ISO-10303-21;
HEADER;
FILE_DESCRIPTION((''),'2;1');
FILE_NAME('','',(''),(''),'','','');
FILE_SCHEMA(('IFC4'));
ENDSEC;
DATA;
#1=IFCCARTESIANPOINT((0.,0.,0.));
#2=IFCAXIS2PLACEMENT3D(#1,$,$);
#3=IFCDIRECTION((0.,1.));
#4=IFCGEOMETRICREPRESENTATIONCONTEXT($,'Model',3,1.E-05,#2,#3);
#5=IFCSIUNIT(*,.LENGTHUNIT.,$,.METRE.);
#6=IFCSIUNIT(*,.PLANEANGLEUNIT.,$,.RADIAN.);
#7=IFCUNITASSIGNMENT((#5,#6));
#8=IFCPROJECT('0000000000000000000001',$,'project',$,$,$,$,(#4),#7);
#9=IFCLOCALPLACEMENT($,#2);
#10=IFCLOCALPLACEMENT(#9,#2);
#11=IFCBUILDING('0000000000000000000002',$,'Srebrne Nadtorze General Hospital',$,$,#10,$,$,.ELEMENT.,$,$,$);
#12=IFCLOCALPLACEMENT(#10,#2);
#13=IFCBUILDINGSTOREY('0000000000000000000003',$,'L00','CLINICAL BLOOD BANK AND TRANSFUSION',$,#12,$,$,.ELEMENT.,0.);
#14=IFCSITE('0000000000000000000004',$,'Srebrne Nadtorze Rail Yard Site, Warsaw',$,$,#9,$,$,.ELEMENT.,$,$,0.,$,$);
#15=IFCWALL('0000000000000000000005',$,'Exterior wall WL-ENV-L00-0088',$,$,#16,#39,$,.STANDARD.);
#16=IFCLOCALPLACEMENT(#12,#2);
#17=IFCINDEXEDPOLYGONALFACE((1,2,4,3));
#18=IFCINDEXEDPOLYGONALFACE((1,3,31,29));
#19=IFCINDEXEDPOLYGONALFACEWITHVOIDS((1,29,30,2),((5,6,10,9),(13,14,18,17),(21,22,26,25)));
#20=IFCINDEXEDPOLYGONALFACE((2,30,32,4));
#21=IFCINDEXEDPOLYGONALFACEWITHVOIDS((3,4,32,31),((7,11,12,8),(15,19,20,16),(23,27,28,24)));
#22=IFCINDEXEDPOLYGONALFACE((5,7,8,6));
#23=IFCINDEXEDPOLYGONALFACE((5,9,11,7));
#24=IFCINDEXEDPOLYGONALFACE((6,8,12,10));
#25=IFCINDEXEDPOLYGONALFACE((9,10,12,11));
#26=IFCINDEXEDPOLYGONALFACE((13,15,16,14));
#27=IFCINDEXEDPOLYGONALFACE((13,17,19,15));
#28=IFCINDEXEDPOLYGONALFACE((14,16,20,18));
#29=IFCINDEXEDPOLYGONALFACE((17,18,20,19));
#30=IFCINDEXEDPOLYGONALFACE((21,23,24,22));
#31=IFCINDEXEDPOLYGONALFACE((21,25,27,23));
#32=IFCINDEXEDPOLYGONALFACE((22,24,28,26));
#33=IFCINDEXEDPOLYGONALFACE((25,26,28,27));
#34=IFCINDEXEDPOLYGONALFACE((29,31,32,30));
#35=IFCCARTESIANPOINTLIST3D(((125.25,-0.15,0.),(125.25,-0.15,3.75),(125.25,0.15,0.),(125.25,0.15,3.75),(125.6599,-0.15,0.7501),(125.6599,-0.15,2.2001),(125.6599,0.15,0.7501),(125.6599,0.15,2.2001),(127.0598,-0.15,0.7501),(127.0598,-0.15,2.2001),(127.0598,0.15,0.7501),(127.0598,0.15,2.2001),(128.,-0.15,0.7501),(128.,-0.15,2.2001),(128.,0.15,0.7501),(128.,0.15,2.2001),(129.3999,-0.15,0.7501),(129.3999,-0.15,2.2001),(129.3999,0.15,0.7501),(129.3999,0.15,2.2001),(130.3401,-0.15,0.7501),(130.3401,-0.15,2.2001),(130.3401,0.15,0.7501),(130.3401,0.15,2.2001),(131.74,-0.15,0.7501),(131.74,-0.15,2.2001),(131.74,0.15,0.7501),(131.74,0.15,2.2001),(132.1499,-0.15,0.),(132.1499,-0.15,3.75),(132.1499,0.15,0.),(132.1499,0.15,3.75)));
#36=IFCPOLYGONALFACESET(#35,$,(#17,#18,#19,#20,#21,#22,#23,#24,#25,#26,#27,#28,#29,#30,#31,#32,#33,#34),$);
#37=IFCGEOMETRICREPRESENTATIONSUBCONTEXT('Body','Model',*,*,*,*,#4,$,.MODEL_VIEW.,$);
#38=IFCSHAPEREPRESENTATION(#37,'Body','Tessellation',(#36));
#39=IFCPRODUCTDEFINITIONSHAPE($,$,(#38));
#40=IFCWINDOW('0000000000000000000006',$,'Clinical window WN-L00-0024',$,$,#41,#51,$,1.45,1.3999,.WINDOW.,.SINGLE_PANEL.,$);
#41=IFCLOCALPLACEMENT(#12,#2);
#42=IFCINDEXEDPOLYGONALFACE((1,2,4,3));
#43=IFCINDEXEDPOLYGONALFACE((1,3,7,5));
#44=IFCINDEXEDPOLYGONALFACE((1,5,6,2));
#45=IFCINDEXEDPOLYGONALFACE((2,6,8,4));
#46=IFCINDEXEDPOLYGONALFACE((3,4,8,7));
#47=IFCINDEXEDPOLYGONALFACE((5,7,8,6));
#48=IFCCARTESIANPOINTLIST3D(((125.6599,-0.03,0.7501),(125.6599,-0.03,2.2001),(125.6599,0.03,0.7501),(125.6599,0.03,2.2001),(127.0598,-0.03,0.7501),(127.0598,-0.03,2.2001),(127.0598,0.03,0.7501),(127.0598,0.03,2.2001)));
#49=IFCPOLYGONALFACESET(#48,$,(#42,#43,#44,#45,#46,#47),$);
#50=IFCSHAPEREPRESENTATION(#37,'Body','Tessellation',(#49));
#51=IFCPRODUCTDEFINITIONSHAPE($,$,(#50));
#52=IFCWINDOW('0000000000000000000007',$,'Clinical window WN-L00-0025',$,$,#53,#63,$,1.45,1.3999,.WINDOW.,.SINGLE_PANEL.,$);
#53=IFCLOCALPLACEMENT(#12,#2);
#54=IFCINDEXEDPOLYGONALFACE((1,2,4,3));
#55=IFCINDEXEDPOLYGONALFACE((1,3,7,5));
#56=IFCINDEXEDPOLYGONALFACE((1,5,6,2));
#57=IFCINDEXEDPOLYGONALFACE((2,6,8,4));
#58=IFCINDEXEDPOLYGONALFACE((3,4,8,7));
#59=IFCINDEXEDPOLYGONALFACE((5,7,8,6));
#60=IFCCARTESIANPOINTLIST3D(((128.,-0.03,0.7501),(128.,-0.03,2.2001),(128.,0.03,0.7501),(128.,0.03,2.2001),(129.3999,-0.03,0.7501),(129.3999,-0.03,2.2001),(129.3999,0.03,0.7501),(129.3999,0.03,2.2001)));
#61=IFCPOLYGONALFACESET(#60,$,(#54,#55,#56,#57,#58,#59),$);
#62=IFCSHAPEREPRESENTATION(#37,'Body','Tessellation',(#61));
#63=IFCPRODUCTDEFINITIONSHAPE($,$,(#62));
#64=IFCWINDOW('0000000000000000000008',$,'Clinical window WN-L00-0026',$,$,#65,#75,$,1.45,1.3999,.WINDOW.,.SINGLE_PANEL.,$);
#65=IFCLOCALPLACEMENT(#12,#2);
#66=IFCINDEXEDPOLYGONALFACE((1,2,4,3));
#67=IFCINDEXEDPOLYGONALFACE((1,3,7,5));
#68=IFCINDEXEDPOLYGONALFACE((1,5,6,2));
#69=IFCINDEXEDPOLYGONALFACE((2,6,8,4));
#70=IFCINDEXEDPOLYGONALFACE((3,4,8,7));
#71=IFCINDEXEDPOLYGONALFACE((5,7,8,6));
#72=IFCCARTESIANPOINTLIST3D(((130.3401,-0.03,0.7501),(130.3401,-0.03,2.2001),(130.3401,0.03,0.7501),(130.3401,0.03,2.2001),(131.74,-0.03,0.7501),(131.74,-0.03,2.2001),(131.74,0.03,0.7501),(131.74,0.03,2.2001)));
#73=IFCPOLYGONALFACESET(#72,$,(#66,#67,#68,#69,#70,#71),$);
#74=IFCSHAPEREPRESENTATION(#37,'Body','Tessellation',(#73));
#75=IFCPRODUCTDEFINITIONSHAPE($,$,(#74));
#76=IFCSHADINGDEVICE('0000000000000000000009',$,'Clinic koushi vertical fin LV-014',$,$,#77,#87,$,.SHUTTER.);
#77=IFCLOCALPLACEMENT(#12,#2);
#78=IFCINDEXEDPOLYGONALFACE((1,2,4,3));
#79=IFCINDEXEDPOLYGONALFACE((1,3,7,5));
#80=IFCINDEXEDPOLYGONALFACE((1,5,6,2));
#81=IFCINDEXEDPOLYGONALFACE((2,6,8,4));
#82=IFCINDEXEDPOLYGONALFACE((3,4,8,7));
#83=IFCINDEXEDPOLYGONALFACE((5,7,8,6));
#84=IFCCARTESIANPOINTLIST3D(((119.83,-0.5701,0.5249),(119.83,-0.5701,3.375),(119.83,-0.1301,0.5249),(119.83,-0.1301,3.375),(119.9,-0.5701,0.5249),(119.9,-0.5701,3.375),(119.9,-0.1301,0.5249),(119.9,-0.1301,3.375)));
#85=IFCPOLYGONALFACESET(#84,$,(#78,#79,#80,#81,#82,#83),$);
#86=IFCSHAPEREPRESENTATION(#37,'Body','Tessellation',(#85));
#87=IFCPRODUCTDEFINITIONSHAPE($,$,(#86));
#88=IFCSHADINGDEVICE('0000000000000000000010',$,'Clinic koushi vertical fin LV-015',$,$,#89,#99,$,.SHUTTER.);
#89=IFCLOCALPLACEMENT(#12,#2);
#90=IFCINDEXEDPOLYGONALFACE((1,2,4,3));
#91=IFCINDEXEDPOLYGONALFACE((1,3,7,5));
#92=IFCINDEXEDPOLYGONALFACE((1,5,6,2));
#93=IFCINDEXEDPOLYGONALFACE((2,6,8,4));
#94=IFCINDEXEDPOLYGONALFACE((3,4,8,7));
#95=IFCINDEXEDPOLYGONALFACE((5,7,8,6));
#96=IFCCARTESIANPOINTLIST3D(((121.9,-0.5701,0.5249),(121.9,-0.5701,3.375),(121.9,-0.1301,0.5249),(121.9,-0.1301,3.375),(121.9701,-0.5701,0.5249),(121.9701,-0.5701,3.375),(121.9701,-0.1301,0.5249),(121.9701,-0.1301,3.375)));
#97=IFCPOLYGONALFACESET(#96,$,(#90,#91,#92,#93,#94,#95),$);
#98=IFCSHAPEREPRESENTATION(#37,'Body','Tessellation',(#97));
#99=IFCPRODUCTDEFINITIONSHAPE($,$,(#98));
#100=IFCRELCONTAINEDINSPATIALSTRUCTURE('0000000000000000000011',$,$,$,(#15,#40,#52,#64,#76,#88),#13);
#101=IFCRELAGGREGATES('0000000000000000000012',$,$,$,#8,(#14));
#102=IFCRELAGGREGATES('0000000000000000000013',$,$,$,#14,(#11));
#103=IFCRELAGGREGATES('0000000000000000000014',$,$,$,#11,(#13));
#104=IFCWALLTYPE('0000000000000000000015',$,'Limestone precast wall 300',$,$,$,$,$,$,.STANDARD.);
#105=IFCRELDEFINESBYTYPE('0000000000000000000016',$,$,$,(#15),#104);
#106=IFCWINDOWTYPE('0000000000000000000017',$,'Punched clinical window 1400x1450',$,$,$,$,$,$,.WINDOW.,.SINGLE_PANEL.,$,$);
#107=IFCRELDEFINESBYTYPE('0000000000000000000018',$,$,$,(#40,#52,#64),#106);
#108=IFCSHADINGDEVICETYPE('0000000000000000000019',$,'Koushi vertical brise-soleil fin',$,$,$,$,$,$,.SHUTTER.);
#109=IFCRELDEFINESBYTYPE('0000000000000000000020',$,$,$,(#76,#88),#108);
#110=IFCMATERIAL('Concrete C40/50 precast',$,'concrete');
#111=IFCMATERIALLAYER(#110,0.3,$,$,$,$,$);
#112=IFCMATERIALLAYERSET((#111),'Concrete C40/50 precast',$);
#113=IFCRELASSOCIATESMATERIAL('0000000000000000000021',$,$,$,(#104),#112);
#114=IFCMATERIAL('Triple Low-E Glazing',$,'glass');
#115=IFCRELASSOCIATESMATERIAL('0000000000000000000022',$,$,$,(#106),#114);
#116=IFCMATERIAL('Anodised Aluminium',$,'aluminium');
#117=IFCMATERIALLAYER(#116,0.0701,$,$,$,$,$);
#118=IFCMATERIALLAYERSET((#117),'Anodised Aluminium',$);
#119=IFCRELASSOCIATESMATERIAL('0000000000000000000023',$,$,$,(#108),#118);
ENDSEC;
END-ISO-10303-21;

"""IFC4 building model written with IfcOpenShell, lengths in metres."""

from ifc_helpers import new_model, si_unit, direction, frame, frame_2d, origin, origin_2d, place, context, subcontext, project, spatial, rectangle, extrude, material, layer, layer_set, type_object, element, fill, save


model = new_model("IFC4")

# Units and contexts
model_context = context("Model", 3, precision=1e-05, world=origin(), true_north=direction((0.0, 1.0)))
body_context = subcontext(model_context, "Body", "Model", "MODEL_VIEW")
ifc_project = project(units=[si_unit("LENGTHUNIT", "METRE"), si_unit("PLANEANGLEUNIT", "RADIAN")], contexts=[model_context])

# Site, building, storey
site_placement = place(None, origin())
site = spatial("IfcSite", under=ifc_project, at=site_placement, Name="Srebrne Nadtorze Rail Yard Site, Warsaw", CompositionType="ELEMENT", RefElevation=0.0)
building_placement = place(site_placement, origin())
building = spatial("IfcBuilding", under=site, at=building_placement, Name="Srebrne Nadtorze General Hospital", CompositionType="ELEMENT")
storey_placement = place(building_placement, origin())
storey = spatial("IfcBuildingStorey", under=building, at=storey_placement, Name="L00", Description="CLINICAL BLOOD BANK AND TRANSFUSION", CompositionType="ELEMENT", Elevation=0.0)

# Wall, openings, windows
ifc_material_1 = material(Name="Concrete C40/50 precast", Category="concrete")
ifc_layer_1 = layer(ifc_material_1, 0.3)
ifc_layer_set_1 = layer_set([ifc_layer_1], Name="Concrete C40/50 precast")
wall_type_1 = type_object("IfcWallType", Name="Limestone precast wall 300", PredefinedType="STANDARD", material=ifc_layer_set_1)
wall_1_placement = place(storey_placement, frame((125.25, 0.0, 0.0), z_axis=(0.0, 0.0, 1.0), x_axis=(1.0, 0.0, 0.0)))
wall_1 = element("IfcWall", 1, at=wall_1_placement, inside=storey, type_object=wall_type_1, Name="Exterior wall WL-ENV-L00-0088", PredefinedType="STANDARD", context=body_context, shape_type="SweptSolid", body=[
    extrude(rectangle(XDim=6.8999, YDim=0.3, at=frame_2d((3.45, 0.0))), origin(), (0.0, 0.0, 1.0), 3.75),
])
opening_1_placement = place(wall_1_placement, frame((0.4099, 0.0, 0.75)))
opening_1 = element("IfcOpeningElement", 2, at=opening_1_placement, cuts=wall_1, PredefinedType="OPENING", context=body_context, shape_type="SweptSolid", body=[
    extrude(rectangle(XDim=1.3999, YDim=1.45, at=frame_2d((0.7, 0.7251))), frame((0.0, 0.1621, 0.0), z_axis=(0.0, -1.0, 0.0), x_axis=(1.0, 0.0, 0.0)), (0.0, 0.0, 1.0), 0.324),
])
opening_2_placement = place(wall_1_placement, frame((2.75, 0.0, 0.75)))
opening_2 = element("IfcOpeningElement", 3, at=opening_2_placement, cuts=wall_1, PredefinedType="OPENING", context=body_context, shape_type="SweptSolid", body=[
    extrude(rectangle(XDim=1.3999, YDim=1.45, at=frame_2d((0.7, 0.7251))), frame((0.0, 0.1621, 0.0), z_axis=(0.0, -1.0, 0.0), x_axis=(1.0, 0.0, 0.0)), (0.0, 0.0, 1.0), 0.324),
])
opening_3_placement = place(wall_1_placement, frame((5.0901, 0.0, 0.75)))
opening_3 = element("IfcOpeningElement", 4, at=opening_3_placement, cuts=wall_1, PredefinedType="OPENING", context=body_context, shape_type="SweptSolid", body=[
    extrude(rectangle(XDim=1.3999, YDim=1.45, at=frame_2d((0.7, 0.7251))), frame((0.0, 0.1621, 0.0), z_axis=(0.0, -1.0, 0.0), x_axis=(1.0, 0.0, 0.0)), (0.0, 0.0, 1.0), 0.324),
])
ifc_material_2 = material(Name="Triple Low-E Glazing", Category="glass")
window_type = type_object("IfcWindowType", Name="Punched clinical window 1400x1450", PartitioningType="SINGLE_PANEL", PredefinedType="WINDOW", material=ifc_material_2)
window_1_placement = place(opening_1_placement, origin())
window_1 = element("IfcWindow", 5, at=window_1_placement, inside=storey, type_object=window_type, Name="Clinical window WN-L00-0024", OverallHeight=1.45, OverallWidth=1.3999, PartitioningType="SINGLE_PANEL", PredefinedType="WINDOW", context=body_context, shape_type="SweptSolid", body=[
    extrude(rectangle(XDim=1.3999, YDim=1.45, at=frame_2d((0.7, 0.7251))), frame((0.0, 0.03, 0.0), z_axis=(0.0, -1.0, 0.0), x_axis=(1.0, 0.0, 0.0)), (0.0, 0.0, 1.0), 0.0601),
])
fill(opening_1, window_1)
window_2_placement = place(opening_2_placement, origin())
window_2 = element("IfcWindow", 6, at=window_2_placement, inside=storey, type_object=window_type, Name="Clinical window WN-L00-0025", OverallHeight=1.45, OverallWidth=1.3999, PartitioningType="SINGLE_PANEL", PredefinedType="WINDOW", context=body_context, shape_type="SweptSolid", body=[
    extrude(rectangle(XDim=1.3999, YDim=1.45, at=frame_2d((0.7, 0.7251))), frame((0.0, 0.03, 0.0), z_axis=(0.0, -1.0, 0.0), x_axis=(1.0, 0.0, 0.0)), (0.0, 0.0, 1.0), 0.0601),
])
fill(opening_2, window_2)
window_3_placement = place(opening_3_placement, origin())
window_3 = element("IfcWindow", 7, at=window_3_placement, inside=storey, type_object=window_type, Name="Clinical window WN-L00-0026", OverallHeight=1.45, OverallWidth=1.3999, PartitioningType="SINGLE_PANEL", PredefinedType="WINDOW", context=body_context, shape_type="SweptSolid", body=[
    extrude(rectangle(XDim=1.3999, YDim=1.45, at=frame_2d((0.7, 0.7251))), frame((0.0, 0.03, 0.0), z_axis=(0.0, -1.0, 0.0), x_axis=(1.0, 0.0, 0.0)), (0.0, 0.0, 1.0), 0.0601),
])
fill(opening_3, window_3)

# Shading devices
ifc_material_3 = material(Name="Anodised Aluminium", Category="aluminium")
ifc_layer_2 = layer(ifc_material_3, 0.0701)
ifc_layer_set_2 = layer_set([ifc_layer_2], Name="Anodised Aluminium")
shading_device_type = type_object("IfcShadingDeviceType", Name="Koushi vertical brise-soleil fin", PredefinedType="SHUTTER", material=ifc_layer_set_2)
for number, where, z_axis, x_axis, name in (
    (8, (119.865, -0.3501, 0.5249), (0.0, 0.0, 1.0), (1.0, 0.0, 0.0), "Clinic koushi vertical fin LV-014"),
    (9, (121.9351, -0.3501, 0.5249), (0.0, 0.0, 1.0), (1.0, 0.0, 0.0), "Clinic koushi vertical fin LV-015"),
):
    element("IfcShadingDevice", number, at=place(storey_placement, frame(where, z_axis=z_axis, x_axis=x_axis)), inside=storey, type_object=shading_device_type, Name=name, PredefinedType="SHUTTER", context=body_context, shape_type="SweptSolid", body=[
        extrude(rectangle(XDim=0.0701, YDim=0.4399, at=origin_2d()), origin(), (0.0, 0.0, 1.0), 2.8501),
    ])

save(model, "model.ifc")
